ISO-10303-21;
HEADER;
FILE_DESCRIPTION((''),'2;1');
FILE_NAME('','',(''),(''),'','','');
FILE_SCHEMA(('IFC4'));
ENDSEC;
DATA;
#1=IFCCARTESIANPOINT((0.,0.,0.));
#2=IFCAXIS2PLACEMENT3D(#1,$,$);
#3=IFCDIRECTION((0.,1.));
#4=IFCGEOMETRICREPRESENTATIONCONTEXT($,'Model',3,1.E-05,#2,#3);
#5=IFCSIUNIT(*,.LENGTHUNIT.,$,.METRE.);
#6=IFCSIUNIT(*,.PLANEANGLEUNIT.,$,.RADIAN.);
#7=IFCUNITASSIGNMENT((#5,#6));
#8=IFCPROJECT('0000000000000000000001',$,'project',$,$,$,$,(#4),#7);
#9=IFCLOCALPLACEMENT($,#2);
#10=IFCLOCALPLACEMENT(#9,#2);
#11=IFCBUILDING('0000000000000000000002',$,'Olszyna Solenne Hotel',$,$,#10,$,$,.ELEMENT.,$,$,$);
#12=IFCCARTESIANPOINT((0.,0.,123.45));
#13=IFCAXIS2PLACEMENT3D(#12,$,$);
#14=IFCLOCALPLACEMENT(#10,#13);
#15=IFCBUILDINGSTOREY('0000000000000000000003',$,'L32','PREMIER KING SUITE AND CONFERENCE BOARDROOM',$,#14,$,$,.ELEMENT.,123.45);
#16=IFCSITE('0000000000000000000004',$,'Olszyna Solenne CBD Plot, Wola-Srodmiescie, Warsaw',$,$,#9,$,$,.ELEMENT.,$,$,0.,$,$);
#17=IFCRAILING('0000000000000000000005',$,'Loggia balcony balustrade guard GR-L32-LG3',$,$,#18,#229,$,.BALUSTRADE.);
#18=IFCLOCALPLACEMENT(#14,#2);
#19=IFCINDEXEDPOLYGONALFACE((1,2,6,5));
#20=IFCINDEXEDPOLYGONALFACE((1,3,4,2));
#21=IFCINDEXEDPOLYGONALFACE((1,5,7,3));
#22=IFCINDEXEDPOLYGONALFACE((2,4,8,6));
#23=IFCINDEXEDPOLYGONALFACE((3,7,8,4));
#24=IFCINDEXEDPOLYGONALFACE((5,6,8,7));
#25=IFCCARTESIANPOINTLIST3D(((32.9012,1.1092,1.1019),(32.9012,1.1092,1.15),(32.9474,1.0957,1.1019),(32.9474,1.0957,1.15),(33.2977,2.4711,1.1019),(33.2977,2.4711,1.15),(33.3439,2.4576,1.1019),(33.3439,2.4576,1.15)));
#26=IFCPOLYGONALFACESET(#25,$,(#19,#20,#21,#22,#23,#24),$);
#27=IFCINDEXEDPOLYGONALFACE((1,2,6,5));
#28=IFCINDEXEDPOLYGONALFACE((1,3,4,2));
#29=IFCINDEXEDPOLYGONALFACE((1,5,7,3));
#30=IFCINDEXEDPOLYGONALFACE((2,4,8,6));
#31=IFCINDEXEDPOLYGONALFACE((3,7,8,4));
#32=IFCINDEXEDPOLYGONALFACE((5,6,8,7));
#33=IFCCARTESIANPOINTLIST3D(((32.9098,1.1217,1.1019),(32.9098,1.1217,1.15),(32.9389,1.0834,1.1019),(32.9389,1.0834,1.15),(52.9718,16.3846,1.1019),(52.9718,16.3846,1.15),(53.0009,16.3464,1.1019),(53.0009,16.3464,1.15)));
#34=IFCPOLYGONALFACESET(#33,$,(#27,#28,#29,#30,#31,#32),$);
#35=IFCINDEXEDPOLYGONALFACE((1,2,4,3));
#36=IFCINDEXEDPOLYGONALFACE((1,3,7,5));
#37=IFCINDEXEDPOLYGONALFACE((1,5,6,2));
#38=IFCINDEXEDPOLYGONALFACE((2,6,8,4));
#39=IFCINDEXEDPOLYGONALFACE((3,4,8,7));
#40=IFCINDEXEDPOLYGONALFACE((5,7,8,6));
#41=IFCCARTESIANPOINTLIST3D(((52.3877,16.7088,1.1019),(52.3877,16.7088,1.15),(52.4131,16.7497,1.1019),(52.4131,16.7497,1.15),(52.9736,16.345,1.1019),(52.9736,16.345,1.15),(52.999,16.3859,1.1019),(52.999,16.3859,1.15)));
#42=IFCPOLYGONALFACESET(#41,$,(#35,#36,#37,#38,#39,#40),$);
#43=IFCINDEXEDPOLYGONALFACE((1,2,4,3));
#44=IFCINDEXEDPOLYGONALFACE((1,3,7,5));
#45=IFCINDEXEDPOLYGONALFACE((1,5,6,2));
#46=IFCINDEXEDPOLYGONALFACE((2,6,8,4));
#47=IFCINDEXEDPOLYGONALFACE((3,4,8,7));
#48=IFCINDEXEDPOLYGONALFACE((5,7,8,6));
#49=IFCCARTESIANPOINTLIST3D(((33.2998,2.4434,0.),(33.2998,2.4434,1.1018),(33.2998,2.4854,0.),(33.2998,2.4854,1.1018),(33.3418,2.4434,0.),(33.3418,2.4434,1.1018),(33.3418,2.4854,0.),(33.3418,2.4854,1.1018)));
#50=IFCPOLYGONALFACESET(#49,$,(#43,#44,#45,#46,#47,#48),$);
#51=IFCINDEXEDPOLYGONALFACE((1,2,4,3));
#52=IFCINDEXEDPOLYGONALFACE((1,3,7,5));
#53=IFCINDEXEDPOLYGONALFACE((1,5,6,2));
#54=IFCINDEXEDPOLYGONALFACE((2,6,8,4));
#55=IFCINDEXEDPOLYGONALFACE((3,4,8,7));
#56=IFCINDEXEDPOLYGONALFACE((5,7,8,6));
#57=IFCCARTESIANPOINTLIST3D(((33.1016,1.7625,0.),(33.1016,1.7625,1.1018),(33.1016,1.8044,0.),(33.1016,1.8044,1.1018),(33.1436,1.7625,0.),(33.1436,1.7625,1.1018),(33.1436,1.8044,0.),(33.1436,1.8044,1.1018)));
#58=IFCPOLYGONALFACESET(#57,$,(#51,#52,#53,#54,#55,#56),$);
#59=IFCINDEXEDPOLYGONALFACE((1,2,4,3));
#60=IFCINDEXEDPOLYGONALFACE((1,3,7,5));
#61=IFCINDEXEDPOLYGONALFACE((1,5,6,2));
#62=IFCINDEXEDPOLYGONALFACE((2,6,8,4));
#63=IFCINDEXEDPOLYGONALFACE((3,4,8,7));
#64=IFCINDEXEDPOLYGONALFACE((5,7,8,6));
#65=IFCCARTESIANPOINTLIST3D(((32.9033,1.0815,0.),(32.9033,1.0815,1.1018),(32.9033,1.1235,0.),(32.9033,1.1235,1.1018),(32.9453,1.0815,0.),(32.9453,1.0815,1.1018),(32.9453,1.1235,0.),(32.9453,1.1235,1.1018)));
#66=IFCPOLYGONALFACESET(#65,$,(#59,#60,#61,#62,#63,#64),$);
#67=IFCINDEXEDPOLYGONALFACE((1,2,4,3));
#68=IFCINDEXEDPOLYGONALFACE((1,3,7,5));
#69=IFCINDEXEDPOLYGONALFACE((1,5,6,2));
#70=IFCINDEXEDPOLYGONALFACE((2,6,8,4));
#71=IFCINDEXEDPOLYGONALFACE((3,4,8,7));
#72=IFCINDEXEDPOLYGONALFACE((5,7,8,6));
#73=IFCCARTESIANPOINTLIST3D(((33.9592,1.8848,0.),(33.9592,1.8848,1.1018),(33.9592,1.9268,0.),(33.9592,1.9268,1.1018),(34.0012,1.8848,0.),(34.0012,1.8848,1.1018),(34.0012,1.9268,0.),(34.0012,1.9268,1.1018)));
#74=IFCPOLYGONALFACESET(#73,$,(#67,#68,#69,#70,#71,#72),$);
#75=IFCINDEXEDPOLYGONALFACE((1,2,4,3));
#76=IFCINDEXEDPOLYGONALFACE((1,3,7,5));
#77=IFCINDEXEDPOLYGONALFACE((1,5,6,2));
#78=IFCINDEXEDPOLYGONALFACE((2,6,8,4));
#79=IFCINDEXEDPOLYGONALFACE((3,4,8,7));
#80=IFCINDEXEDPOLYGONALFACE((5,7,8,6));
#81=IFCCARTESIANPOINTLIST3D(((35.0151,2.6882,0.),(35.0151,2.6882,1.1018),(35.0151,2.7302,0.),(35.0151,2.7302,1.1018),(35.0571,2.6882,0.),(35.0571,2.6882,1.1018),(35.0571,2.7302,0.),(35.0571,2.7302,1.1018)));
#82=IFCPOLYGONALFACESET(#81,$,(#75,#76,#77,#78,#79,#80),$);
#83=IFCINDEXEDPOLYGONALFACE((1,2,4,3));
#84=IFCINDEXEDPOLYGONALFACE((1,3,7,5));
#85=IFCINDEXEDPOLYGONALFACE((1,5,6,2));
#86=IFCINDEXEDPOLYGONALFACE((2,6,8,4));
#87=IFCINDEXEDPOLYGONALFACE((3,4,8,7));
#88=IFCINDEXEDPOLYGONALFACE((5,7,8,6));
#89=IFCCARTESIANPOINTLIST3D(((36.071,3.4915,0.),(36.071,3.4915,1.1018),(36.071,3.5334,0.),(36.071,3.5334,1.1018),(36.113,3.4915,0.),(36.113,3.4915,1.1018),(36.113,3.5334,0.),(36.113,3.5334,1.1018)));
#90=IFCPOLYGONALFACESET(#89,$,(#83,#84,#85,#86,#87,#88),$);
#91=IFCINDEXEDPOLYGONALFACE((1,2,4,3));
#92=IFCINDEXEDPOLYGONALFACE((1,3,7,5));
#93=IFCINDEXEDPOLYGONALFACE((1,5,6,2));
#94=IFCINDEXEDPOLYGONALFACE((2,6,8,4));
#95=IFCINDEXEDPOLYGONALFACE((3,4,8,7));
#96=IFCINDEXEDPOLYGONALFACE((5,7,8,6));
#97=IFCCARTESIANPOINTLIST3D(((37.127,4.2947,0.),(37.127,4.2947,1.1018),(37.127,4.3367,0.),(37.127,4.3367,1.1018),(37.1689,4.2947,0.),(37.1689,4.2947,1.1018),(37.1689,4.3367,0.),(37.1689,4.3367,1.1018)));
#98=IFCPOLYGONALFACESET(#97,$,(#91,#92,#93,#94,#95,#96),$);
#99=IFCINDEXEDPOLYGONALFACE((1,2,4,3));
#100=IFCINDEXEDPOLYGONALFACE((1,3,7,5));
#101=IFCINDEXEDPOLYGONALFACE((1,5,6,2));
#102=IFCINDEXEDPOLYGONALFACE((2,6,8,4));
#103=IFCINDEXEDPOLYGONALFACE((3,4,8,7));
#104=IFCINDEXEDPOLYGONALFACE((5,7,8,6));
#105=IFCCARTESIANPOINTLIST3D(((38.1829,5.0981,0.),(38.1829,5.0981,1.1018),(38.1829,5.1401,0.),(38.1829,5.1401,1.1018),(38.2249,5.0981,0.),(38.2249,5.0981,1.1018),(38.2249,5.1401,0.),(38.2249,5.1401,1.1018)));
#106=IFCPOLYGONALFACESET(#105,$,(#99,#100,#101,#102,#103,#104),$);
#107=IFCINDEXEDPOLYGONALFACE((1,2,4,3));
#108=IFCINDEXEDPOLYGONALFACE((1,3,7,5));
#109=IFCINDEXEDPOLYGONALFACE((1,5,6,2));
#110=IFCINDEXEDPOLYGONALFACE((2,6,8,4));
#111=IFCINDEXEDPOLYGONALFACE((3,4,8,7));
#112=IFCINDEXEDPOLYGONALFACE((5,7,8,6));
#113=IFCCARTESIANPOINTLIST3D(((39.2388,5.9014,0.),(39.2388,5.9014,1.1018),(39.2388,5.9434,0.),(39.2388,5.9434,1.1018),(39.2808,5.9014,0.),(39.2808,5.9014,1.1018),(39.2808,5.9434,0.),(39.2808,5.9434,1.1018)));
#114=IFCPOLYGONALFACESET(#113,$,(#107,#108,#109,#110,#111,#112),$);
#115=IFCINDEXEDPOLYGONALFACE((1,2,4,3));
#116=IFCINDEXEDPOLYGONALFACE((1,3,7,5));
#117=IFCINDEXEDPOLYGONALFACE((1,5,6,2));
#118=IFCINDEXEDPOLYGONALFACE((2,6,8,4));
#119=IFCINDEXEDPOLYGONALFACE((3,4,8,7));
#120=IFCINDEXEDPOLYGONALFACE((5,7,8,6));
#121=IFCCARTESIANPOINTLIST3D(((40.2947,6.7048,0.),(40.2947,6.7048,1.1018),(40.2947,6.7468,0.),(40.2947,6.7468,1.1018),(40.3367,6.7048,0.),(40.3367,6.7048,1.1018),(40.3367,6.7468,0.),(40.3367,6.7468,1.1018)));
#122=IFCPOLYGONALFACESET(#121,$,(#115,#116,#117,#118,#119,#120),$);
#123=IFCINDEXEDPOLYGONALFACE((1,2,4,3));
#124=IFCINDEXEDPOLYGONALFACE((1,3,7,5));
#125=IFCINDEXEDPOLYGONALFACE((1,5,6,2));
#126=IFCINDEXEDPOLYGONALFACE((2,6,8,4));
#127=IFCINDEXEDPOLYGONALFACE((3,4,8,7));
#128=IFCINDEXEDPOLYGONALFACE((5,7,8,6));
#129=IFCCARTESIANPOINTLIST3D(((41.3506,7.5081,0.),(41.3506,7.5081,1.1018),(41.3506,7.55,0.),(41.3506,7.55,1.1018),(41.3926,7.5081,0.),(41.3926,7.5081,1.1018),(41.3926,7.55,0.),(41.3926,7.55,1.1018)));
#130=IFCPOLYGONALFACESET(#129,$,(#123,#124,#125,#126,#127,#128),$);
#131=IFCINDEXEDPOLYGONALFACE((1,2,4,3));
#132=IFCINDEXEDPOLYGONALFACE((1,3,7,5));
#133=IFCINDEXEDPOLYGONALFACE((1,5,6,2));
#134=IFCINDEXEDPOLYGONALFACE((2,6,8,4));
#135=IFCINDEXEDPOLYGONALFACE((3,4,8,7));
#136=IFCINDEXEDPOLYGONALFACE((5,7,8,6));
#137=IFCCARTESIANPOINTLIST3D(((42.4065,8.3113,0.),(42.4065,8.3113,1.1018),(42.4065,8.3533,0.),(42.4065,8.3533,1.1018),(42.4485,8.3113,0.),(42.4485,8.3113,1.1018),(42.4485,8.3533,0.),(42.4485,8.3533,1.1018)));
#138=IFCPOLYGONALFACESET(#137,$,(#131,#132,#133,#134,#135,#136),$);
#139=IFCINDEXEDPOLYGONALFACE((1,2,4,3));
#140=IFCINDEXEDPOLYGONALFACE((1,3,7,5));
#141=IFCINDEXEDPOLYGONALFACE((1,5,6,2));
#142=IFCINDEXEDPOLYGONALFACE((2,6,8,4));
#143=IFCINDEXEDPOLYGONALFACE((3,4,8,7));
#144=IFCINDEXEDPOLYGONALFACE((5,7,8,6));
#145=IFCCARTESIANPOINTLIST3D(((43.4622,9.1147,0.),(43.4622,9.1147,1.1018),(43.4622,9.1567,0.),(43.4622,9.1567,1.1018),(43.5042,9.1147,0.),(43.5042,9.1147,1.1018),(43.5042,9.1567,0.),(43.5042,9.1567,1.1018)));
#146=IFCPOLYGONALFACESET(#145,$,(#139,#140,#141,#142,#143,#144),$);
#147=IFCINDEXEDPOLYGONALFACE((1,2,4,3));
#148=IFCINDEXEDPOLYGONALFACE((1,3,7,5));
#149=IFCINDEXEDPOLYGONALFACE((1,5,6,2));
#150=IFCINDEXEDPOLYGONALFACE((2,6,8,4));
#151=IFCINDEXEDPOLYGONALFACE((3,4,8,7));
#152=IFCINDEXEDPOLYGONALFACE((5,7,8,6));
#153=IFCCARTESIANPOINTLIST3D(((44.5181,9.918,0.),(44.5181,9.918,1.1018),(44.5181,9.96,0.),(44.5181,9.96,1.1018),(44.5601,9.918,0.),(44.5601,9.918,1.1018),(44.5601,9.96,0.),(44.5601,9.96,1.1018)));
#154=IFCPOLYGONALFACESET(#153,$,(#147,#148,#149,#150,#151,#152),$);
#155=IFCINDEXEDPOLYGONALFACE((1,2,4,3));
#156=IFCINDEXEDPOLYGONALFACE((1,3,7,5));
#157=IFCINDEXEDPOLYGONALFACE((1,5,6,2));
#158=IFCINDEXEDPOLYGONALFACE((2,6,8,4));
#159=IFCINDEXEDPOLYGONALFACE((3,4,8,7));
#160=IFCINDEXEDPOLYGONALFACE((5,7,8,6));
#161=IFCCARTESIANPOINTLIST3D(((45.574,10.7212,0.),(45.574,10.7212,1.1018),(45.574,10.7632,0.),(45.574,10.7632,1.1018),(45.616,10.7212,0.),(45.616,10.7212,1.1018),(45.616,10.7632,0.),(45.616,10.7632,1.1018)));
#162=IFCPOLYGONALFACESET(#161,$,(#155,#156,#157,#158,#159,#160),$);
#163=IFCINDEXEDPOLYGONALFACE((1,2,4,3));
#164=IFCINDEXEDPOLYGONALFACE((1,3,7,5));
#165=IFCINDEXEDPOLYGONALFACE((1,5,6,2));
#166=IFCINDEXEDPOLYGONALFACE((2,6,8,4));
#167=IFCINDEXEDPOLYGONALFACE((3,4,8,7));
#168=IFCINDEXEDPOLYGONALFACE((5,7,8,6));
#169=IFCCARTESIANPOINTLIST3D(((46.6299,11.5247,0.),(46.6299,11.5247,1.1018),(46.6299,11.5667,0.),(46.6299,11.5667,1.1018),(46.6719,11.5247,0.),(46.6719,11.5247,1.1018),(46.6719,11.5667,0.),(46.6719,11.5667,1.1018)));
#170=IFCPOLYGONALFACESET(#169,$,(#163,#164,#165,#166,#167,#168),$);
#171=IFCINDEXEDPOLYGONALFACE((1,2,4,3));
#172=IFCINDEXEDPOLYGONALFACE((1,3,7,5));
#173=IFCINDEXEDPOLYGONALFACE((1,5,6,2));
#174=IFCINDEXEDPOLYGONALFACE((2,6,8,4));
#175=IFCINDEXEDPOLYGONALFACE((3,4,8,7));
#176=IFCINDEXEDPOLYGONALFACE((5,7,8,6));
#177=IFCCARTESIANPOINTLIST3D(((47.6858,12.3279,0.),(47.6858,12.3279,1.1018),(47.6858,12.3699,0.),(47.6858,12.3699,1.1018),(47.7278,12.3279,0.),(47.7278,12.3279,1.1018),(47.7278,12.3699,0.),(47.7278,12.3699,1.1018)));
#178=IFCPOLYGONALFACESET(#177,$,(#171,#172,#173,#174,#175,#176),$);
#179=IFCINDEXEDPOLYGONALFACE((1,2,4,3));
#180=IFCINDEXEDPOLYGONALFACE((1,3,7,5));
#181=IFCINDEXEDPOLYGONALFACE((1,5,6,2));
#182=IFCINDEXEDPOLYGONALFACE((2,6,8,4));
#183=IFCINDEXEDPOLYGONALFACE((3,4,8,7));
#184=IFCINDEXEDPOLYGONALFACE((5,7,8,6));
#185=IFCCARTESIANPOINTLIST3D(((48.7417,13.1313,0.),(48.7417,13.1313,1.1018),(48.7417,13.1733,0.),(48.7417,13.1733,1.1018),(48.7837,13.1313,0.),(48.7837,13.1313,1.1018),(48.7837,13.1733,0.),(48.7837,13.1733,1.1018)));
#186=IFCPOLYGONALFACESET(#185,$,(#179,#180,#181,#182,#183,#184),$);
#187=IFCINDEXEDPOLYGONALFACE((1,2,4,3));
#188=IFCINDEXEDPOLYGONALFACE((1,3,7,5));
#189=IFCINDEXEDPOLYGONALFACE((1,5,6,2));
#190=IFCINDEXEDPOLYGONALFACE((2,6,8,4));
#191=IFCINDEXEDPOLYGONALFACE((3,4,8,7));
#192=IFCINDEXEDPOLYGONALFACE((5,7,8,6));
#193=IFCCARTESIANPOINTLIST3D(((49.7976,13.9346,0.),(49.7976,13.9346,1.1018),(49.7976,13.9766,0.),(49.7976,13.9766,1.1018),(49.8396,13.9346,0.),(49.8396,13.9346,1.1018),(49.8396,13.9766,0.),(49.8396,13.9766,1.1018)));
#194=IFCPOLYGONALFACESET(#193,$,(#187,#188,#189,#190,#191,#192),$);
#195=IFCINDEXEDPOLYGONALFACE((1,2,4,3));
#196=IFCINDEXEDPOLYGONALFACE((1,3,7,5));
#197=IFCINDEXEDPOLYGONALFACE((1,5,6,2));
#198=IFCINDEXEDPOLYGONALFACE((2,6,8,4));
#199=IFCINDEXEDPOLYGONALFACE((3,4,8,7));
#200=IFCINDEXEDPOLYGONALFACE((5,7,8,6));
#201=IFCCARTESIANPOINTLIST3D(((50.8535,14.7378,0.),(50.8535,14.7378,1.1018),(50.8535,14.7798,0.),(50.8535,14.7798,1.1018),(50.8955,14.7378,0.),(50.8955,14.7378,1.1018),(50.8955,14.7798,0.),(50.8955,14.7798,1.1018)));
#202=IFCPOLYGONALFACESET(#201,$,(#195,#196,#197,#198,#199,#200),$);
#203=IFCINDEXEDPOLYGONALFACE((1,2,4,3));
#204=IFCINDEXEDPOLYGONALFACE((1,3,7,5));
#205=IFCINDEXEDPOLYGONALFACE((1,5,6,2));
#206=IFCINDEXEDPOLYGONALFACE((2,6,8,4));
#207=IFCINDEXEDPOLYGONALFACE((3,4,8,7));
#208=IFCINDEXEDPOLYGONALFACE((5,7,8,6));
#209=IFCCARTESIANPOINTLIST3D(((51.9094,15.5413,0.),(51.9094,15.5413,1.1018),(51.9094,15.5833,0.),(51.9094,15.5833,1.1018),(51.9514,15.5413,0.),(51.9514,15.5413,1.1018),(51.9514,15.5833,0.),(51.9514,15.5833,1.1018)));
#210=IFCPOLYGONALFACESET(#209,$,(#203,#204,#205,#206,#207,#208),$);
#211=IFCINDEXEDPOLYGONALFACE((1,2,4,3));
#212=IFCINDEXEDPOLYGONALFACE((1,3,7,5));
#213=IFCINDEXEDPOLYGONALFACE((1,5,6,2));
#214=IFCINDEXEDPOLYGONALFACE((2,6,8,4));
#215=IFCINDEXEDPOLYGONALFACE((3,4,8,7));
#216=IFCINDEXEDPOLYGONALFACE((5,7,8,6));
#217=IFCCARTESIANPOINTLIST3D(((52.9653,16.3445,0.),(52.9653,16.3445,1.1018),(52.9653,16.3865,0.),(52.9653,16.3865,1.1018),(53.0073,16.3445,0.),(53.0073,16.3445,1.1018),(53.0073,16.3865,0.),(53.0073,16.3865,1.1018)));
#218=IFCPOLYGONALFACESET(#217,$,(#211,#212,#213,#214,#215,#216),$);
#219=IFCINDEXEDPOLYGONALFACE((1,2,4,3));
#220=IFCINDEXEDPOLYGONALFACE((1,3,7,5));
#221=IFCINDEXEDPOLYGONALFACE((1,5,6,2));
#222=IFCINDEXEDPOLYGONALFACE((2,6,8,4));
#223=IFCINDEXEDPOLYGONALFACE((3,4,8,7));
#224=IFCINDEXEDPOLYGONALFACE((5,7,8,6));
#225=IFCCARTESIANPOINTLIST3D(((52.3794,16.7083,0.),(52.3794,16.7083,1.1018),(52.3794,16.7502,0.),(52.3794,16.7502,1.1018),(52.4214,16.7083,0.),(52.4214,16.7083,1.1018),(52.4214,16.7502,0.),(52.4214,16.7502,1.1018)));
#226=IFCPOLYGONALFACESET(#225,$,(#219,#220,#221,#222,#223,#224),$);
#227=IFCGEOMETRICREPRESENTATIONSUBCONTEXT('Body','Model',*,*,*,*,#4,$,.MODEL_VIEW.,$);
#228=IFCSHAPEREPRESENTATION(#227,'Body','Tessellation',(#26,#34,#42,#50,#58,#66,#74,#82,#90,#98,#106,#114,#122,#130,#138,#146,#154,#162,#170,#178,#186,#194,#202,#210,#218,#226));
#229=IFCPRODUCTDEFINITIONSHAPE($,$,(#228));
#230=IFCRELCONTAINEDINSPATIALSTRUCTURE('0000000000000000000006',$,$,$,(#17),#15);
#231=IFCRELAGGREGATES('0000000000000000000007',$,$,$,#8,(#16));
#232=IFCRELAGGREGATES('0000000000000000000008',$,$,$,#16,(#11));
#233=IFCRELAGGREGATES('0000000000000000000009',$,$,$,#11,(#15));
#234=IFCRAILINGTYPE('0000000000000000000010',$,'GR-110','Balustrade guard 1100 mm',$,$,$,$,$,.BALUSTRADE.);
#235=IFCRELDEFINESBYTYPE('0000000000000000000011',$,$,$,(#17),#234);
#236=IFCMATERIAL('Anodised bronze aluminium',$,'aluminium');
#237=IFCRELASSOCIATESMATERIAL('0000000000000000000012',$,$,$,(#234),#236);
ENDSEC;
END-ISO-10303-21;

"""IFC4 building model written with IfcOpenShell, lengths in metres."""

from ifc_helpers import new_model, si_unit, direction, frame, origin, origin_2d, place, context, subcontext, project, spatial, rectangle, extrude, material, type_object, element, save


model = new_model("IFC4")

# Units and contexts
model_context = context("Model", 3, precision=1e-05, world=origin(), true_north=direction((0.0, 1.0)))
body_context = subcontext(model_context, "Body", "Model", "MODEL_VIEW")
ifc_project = project(units=[si_unit("LENGTHUNIT", "METRE"), si_unit("PLANEANGLEUNIT", "RADIAN")], contexts=[model_context])

# Site, building, storey
site_placement = place(None, origin())
site = spatial("IfcSite", under=ifc_project, at=site_placement, Name="Olszyna Solenne CBD Plot, Wola-Srodmiescie, Warsaw", CompositionType="ELEMENT", RefElevation=0.0)
building_placement = place(site_placement, origin())
building = spatial("IfcBuilding", under=site, at=building_placement, Name="Olszyna Solenne Hotel", CompositionType="ELEMENT")
storey_placement = place(building_placement, frame((0.0, 0.0, 123.45)))
storey = spatial("IfcBuildingStorey", under=building, at=storey_placement, Name="L32", Description="PREMIER KING SUITE AND CONFERENCE BOARDROOM", CompositionType="ELEMENT", Elevation=123.45)

# Railing
ifc_material_1 = material(Name="Anodised bronze aluminium", Category="aluminium")
railing_type = type_object("IfcRailingType", Name="GR-110", Description="Balustrade guard 1100 mm", PredefinedType="BALUSTRADE", material=ifc_material_1)
railing_placement = place(storey_placement, frame((33.3208, 2.4644, 0.0)))
element("IfcRailing", 1, at=railing_placement, inside=storey, type_object=railing_type, Name="Loggia balcony balustrade guard GR-L32-LG3", PredefinedType="BALUSTRADE", context=body_context, shape_type="SweptSolid", body=[
    extrude(rectangle(XDim=0.0481, YDim=0.0481, at=origin_2d()), frame((0.0, 0.0, 1.126), z_axis=(-0.279537, -0.960135, 0.0), x_axis=(0.960135, -0.279537, 0.0)), (0.0, 0.0, 1.0), 1.4185),
    extrude(rectangle(XDim=0.0481, YDim=0.0481, at=origin_2d()), frame((-0.3965, -1.3618, 1.126), z_axis=(0.79586, 0.605481, 0.0), x_axis=(-0.605481, 0.79586, 0.0)), (0.0, 0.0, 1.0), 25.208),
    extrude(rectangle(XDim=0.0481, YDim=0.0481, at=origin_2d()), frame((19.6655, 13.9011, 1.126), z_axis=(-0.849585, 0.527451, 0.0), x_axis=(-0.527451, -0.849585, 0.0)), (0.0, 0.0, 1.0), 0.6897),
    extrude(rectangle(XDim=0.042, YDim=0.042, at=origin_2d()), origin(), (0.0, 0.0, 1.0), 1.1018),
    extrude(rectangle(XDim=0.042, YDim=0.042, at=origin_2d()), frame((-0.1982, -0.6809, 0.0)), (0.0, 0.0, 1.0), 1.1018),
    extrude(rectangle(XDim=0.042, YDim=0.042, at=origin_2d()), frame((-0.3965, -1.3618, 0.0)), (0.0, 0.0, 1.0), 1.1018),
    extrude(rectangle(XDim=0.042, YDim=0.042, at=origin_2d()), frame((0.6594, -0.5586, 0.0)), (0.0, 0.0, 1.0), 1.1018),
    extrude(rectangle(XDim=0.042, YDim=0.042, at=origin_2d()), frame((1.7153, 0.2449, 0.0)), (0.0, 0.0, 1.0), 1.1018),
    extrude(rectangle(XDim=0.042, YDim=0.042, at=origin_2d()), frame((2.7712, 1.0481, 0.0)), (0.0, 0.0, 1.0), 1.1018),
    extrude(rectangle(XDim=0.042, YDim=0.042, at=origin_2d()), frame((3.8271, 1.8513, 0.0)), (0.0, 0.0, 1.0), 1.1018),
    extrude(rectangle(XDim=0.042, YDim=0.042, at=origin_2d()), frame((4.8831, 2.6548, 0.0)), (0.0, 0.0, 1.0), 1.1018),
    extrude(rectangle(XDim=0.042, YDim=0.042, at=origin_2d()), frame((5.939, 3.458, 0.0)), (0.0, 0.0, 1.0), 1.1018),
    extrude(rectangle(XDim=0.042, YDim=0.042, at=origin_2d()), frame((6.9949, 4.2615, 0.0)), (0.0, 0.0, 1.0), 1.1018),
    extrude(rectangle(XDim=0.042, YDim=0.042, at=origin_2d()), frame((8.0508, 5.0647, 0.0)), (0.0, 0.0, 1.0), 1.1018),
    extrude(rectangle(XDim=0.042, YDim=0.042, at=origin_2d()), frame((9.1067, 5.8679, 0.0)), (0.0, 0.0, 1.0), 1.1018),
    extrude(rectangle(XDim=0.042, YDim=0.042, at=origin_2d()), frame((10.1624, 6.6714, 0.0)), (0.0, 0.0, 1.0), 1.1018),
    extrude(rectangle(XDim=0.042, YDim=0.042, at=origin_2d()), frame((11.2183, 7.4746, 0.0)), (0.0, 0.0, 1.0), 1.1018),
    extrude(rectangle(XDim=0.042, YDim=0.042, at=origin_2d()), frame((12.2742, 8.2778, 0.0)), (0.0, 0.0, 1.0), 1.1018),
    extrude(rectangle(XDim=0.042, YDim=0.042, at=origin_2d()), frame((13.3301, 9.0813, 0.0)), (0.0, 0.0, 1.0), 1.1018),
    extrude(rectangle(XDim=0.042, YDim=0.042, at=origin_2d()), frame((14.386, 9.8845, 0.0)), (0.0, 0.0, 1.0), 1.1018),
    extrude(rectangle(XDim=0.042, YDim=0.042, at=origin_2d()), frame((15.4419, 10.688, 0.0)), (0.0, 0.0, 1.0), 1.1018),
    extrude(rectangle(XDim=0.042, YDim=0.042, at=origin_2d()), frame((16.4978, 11.4912, 0.0)), (0.0, 0.0, 1.0), 1.1018),
    extrude(rectangle(XDim=0.042, YDim=0.042, at=origin_2d()), frame((17.5537, 12.2944, 0.0)), (0.0, 0.0, 1.0), 1.1018),
    extrude(rectangle(XDim=0.042, YDim=0.042, at=origin_2d()), frame((18.6096, 13.0979, 0.0)), (0.0, 0.0, 1.0), 1.1018),
    extrude(rectangle(XDim=0.042, YDim=0.042, at=origin_2d()), frame((19.6655, 13.9011, 0.0)), (0.0, 0.0, 1.0), 1.1018),
    extrude(rectangle(XDim=0.042, YDim=0.042, at=origin_2d()), frame((19.0796, 14.2649, 0.0)), (0.0, 0.0, 1.0), 1.1018),
])

save(model, "model.ifc")
